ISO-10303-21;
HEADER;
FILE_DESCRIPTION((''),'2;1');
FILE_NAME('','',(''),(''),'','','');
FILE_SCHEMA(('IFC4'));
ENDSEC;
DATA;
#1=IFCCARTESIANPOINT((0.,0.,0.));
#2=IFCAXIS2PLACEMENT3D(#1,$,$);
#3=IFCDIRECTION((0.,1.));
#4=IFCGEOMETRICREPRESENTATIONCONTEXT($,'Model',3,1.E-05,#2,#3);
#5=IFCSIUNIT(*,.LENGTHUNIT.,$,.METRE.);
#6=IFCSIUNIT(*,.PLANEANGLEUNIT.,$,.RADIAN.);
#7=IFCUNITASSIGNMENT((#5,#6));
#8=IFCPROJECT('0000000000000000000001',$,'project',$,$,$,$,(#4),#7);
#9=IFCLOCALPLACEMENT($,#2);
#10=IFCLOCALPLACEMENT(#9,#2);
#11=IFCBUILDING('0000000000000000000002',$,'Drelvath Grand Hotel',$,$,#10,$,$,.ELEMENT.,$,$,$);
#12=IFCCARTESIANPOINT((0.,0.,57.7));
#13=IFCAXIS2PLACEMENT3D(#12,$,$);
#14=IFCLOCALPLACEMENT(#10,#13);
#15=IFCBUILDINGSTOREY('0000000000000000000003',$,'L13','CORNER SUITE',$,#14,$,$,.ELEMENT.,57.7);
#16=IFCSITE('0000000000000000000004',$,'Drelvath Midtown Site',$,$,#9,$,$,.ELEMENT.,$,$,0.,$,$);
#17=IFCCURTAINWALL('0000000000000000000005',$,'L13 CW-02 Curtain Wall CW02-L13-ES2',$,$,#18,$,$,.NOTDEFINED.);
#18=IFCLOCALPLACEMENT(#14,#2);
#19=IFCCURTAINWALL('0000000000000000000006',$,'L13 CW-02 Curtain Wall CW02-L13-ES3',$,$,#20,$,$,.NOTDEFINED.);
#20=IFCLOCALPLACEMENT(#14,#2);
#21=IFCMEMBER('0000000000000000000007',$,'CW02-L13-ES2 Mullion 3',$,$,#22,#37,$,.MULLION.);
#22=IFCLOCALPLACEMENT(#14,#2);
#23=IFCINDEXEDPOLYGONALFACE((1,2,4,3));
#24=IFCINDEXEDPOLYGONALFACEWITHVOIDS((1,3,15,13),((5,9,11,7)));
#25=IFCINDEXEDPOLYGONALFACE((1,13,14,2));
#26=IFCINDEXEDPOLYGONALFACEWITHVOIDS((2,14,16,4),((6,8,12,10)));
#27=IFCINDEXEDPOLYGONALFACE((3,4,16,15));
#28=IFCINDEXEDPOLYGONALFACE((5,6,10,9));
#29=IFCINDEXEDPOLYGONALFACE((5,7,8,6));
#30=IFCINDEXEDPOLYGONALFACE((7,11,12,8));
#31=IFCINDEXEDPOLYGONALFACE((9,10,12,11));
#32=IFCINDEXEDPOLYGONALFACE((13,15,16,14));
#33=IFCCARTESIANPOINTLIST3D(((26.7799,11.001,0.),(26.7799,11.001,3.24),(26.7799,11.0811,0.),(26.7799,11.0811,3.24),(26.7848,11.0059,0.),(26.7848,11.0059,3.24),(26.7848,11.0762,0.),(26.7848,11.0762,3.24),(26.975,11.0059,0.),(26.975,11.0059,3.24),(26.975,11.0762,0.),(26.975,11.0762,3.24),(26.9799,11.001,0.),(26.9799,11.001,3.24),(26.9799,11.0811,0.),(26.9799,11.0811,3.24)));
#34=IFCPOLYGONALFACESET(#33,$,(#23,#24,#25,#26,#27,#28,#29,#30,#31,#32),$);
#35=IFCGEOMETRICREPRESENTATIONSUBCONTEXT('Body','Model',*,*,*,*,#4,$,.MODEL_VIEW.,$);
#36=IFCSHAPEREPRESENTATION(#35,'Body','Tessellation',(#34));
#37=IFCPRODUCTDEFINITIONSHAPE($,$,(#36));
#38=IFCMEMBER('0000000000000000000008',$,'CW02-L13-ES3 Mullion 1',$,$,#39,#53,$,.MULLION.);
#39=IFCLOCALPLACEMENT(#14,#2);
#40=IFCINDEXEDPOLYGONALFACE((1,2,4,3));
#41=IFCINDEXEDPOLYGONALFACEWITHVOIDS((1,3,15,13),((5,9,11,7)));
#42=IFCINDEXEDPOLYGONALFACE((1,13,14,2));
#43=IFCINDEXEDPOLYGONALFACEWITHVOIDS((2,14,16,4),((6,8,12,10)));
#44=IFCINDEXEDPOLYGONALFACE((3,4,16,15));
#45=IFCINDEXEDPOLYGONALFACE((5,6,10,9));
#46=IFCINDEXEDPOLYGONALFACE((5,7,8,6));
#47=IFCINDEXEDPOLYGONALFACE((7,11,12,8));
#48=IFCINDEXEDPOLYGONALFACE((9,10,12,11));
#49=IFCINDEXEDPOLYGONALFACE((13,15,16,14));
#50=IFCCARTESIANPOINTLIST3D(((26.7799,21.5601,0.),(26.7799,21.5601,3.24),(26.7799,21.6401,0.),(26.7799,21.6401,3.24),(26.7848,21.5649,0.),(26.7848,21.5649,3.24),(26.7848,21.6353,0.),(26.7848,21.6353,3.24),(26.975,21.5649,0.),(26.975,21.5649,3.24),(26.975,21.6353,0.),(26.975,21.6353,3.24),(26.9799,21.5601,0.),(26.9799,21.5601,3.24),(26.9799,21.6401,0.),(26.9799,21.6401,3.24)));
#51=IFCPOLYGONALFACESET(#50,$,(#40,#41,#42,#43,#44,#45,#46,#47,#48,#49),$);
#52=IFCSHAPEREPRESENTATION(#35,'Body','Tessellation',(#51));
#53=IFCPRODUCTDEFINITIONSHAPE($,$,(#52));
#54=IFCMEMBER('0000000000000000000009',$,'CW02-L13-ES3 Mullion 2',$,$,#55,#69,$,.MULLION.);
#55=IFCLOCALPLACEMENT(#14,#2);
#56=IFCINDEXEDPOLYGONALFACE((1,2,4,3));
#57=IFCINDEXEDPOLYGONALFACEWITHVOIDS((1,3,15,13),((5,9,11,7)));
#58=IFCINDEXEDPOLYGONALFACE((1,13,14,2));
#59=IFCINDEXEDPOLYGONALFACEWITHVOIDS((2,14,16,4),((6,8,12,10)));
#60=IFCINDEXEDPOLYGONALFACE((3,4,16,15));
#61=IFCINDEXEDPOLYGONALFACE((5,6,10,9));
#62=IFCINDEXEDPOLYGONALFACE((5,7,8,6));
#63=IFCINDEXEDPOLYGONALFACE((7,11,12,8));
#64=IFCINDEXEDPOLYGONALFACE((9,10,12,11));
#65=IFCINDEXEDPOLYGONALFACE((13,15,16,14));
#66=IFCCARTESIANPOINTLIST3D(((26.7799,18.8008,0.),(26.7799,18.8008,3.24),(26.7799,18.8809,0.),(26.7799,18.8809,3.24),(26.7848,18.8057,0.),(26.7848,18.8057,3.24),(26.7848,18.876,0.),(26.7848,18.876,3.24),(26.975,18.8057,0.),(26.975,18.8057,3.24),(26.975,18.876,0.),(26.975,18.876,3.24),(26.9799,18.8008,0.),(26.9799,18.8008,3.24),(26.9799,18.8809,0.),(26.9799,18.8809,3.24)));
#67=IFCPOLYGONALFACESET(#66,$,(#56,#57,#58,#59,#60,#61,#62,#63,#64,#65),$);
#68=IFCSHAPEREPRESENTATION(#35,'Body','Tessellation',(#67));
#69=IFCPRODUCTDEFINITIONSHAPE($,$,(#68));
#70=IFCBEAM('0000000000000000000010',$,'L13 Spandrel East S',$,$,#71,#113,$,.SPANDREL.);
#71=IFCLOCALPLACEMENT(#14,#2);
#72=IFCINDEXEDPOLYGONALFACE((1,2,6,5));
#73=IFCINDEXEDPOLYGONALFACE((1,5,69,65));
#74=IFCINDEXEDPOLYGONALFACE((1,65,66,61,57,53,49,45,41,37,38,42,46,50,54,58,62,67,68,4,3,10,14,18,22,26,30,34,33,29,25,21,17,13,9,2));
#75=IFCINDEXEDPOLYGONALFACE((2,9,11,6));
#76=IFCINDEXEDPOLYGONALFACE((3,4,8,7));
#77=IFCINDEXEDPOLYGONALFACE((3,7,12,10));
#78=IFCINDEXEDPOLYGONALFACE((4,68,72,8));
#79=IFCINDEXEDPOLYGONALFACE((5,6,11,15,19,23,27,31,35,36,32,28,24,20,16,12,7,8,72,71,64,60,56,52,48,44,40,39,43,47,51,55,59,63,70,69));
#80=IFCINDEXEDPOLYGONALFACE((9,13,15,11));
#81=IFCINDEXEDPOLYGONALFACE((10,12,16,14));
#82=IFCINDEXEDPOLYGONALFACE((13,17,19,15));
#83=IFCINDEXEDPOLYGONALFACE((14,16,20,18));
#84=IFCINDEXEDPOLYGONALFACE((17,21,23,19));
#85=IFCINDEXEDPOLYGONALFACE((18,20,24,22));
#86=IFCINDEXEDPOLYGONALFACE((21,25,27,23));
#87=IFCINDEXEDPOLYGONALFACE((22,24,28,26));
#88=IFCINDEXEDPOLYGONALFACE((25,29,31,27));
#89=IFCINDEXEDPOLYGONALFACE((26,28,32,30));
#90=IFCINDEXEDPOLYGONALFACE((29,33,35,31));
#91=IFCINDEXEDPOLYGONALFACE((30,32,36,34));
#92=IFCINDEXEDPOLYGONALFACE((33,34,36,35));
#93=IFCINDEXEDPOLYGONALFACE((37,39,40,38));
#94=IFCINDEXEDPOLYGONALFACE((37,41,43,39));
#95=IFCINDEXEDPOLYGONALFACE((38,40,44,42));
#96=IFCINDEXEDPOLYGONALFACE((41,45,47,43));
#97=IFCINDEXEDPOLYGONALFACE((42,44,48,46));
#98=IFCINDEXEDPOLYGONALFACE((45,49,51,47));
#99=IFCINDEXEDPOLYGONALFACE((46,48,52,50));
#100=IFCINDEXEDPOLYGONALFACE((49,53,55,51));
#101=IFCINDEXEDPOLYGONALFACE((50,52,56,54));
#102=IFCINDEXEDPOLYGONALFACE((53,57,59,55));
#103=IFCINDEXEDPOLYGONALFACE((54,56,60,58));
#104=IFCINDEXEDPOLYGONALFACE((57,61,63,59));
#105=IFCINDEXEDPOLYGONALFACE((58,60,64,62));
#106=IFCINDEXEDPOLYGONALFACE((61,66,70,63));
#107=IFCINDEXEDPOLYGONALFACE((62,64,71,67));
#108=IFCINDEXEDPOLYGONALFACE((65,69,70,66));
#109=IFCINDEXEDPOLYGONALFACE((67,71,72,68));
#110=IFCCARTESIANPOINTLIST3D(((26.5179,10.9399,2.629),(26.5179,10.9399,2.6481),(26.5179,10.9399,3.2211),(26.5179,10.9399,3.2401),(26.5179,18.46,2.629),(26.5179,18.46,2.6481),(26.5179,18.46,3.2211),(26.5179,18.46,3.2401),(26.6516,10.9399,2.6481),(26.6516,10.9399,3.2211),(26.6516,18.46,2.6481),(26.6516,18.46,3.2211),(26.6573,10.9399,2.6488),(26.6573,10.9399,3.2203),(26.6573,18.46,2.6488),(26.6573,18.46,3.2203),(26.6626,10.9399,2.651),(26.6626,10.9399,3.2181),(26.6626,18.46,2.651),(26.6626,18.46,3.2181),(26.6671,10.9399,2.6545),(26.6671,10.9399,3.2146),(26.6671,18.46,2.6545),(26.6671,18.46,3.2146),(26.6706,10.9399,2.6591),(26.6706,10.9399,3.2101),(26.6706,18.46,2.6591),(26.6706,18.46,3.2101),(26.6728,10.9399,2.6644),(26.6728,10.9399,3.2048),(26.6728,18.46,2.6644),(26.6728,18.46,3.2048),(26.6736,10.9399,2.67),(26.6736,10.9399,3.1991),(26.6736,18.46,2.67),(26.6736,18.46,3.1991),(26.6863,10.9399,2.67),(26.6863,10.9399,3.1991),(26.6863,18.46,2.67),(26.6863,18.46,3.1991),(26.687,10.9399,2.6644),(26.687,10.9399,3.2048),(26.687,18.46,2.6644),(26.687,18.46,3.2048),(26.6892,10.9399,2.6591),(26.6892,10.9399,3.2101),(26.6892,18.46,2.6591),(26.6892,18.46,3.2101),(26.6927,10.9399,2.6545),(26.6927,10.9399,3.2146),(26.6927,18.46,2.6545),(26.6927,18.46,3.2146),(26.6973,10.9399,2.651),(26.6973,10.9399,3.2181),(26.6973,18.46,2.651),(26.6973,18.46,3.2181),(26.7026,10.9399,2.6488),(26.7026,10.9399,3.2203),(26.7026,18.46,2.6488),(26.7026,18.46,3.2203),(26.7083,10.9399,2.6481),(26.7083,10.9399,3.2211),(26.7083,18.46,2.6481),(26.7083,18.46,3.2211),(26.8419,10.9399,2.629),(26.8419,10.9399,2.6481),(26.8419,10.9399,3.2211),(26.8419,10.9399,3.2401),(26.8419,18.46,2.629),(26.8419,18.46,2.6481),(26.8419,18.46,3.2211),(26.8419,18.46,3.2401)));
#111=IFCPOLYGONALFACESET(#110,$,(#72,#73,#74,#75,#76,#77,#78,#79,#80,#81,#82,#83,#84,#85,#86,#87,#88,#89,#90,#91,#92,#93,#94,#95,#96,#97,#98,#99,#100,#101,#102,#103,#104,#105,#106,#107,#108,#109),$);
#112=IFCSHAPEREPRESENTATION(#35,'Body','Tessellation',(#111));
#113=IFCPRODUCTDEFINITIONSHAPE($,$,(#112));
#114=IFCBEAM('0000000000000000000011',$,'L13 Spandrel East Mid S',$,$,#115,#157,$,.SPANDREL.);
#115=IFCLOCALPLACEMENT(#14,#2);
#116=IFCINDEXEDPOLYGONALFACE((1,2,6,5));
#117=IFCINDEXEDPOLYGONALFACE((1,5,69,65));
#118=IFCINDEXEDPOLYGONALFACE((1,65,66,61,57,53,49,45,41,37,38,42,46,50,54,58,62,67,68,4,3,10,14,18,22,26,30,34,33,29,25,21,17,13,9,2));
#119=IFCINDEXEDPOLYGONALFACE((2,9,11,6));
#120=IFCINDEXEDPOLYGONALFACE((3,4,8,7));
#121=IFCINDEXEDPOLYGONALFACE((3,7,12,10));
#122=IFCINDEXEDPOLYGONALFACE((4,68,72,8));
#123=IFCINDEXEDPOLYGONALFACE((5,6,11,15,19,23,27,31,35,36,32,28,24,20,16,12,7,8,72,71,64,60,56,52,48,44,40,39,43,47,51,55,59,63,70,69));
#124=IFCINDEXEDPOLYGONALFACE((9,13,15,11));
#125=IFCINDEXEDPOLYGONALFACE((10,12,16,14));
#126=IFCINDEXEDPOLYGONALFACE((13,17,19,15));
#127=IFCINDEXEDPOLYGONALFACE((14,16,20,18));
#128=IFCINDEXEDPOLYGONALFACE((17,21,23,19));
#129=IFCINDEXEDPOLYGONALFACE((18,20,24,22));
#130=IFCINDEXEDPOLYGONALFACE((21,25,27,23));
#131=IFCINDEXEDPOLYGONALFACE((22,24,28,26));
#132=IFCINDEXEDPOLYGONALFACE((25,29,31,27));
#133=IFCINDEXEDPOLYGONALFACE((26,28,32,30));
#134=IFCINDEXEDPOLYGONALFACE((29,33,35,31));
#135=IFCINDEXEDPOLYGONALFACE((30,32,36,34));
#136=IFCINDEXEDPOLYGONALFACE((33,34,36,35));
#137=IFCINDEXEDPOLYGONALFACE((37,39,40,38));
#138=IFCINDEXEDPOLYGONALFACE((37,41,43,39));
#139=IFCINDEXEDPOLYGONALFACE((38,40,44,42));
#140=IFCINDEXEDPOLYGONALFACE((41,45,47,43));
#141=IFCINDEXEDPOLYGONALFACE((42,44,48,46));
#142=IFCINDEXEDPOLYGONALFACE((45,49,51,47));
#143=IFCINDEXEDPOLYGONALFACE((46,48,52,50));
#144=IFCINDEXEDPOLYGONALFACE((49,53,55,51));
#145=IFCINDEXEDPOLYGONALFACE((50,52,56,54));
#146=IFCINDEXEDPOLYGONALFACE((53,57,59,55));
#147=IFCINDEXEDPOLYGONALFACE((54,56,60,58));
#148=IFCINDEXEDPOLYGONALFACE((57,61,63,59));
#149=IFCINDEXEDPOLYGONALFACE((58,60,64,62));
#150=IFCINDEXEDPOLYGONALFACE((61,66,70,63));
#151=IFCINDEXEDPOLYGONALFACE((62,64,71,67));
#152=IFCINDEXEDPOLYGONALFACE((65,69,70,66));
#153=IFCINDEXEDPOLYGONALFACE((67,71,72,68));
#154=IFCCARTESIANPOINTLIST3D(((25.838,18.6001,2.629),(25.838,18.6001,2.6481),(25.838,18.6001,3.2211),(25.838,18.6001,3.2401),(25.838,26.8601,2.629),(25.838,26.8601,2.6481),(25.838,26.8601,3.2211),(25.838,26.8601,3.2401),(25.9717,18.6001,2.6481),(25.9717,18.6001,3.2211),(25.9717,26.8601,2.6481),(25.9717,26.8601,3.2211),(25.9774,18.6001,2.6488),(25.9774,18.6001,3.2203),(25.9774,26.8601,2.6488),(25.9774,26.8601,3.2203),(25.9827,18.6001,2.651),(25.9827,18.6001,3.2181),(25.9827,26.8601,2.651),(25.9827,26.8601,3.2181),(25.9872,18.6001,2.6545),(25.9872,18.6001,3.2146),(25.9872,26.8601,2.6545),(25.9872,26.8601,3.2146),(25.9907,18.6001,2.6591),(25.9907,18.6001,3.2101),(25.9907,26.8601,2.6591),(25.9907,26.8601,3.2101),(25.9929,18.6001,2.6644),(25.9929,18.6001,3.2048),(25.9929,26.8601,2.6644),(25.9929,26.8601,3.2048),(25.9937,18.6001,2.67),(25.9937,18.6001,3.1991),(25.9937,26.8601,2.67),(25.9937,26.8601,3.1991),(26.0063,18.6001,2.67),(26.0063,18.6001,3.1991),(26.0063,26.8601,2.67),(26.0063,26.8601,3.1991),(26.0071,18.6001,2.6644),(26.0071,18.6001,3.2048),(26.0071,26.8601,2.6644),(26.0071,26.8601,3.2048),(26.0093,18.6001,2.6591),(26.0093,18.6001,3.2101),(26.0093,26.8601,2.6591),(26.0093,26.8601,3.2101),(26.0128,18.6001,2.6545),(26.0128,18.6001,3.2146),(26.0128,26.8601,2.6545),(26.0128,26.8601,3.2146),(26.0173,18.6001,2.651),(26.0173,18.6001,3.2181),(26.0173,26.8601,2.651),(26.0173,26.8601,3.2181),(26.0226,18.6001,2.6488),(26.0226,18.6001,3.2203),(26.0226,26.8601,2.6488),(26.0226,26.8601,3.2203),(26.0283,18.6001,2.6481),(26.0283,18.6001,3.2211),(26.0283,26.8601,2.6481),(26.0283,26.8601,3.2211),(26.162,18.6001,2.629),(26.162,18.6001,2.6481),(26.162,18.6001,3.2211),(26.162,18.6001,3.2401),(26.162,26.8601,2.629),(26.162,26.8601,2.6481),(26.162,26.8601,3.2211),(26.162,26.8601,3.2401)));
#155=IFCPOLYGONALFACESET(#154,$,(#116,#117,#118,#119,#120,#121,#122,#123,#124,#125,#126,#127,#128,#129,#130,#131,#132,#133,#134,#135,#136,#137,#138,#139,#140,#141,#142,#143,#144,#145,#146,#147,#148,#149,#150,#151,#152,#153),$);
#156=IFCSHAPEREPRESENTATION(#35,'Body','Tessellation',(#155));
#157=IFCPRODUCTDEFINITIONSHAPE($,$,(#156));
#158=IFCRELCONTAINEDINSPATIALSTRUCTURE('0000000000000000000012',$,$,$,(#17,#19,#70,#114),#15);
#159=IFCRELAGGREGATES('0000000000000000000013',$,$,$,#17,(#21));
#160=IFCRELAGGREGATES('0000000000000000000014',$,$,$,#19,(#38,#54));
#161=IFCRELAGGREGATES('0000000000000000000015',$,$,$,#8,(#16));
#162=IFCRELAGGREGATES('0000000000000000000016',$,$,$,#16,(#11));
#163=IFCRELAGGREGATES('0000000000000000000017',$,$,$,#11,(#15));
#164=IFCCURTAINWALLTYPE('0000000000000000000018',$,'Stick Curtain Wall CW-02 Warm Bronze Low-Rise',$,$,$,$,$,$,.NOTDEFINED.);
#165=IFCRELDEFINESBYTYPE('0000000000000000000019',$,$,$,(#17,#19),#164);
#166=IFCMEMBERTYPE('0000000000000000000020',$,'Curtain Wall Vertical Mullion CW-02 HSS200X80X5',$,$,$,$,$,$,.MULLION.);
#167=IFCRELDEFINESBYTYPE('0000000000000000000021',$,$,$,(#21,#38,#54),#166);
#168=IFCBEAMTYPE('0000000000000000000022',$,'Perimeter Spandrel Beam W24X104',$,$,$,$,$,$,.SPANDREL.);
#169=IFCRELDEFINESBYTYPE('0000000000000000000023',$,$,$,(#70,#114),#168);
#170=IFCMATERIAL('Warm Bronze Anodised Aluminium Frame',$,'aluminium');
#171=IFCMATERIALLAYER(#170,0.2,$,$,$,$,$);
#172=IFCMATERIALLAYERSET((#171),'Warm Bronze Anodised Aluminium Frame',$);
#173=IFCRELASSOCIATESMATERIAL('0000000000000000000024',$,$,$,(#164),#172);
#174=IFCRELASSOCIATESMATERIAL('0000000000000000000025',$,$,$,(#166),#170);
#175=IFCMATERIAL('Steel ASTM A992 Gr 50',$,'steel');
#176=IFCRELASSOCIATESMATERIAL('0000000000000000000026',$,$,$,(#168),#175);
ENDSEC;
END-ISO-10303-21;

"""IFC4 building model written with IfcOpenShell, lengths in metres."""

from ifc_helpers import new_model, si_unit, direction, frame, origin, origin_2d, place, context, subcontext, project, spatial, hollow_rectangle, i_section, extrude, material, layer, layer_set, material_profile, profile_set, type_object, element, aggregate, save


model = new_model("IFC4")

# Units and contexts
model_context = context("Model", 3, precision=1e-05, world=origin(), true_north=direction((0.0, 1.0)))
body_context = subcontext(model_context, "Body", "Model", "MODEL_VIEW")
ifc_project = project(units=[si_unit("LENGTHUNIT", "METRE"), si_unit("PLANEANGLEUNIT", "RADIAN")], contexts=[model_context])

# Site, building, storey
site_placement = place(None, origin())
site = spatial("IfcSite", under=ifc_project, at=site_placement, Name="Drelvath Midtown Site", CompositionType="ELEMENT", RefElevation=0.0)
building_placement = place(site_placement, origin())
building = spatial("IfcBuilding", under=site, at=building_placement, Name="Drelvath Grand Hotel", CompositionType="ELEMENT")
storey_placement = place(building_placement, frame((0.0, 0.0, 57.7)))
storey = spatial("IfcBuildingStorey", under=building, at=storey_placement, Name="L13", Description="CORNER SUITE", CompositionType="ELEMENT", Elevation=57.7)

# Curtain walls
ifc_material_1 = material(Name="Warm Bronze Anodised Aluminium Frame", Category="aluminium")
ifc_layer_1 = layer(ifc_material_1, 0.2)
ifc_layer_set_1 = layer_set([ifc_layer_1], Name="Warm Bronze Anodised Aluminium Frame")
curtain_wall_type = type_object("IfcCurtainWallType", Name="Stick Curtain Wall CW-02 Warm Bronze Low-Rise", PredefinedType="NOTDEFINED", material=ifc_layer_set_1)
curtain_wall_1_placement = place(storey_placement, origin())
curtain_wall_1 = element("IfcCurtainWall", 1, at=curtain_wall_1_placement, inside=storey, type_object=curtain_wall_type, Name="L13 CW-02 Curtain Wall CW02-L13-ES2", PredefinedType="NOTDEFINED")
curtain_wall_2_placement = place(storey_placement, origin())
curtain_wall_2 = element("IfcCurtainWall", 2, at=curtain_wall_2_placement, inside=storey, type_object=curtain_wall_type, Name="L13 CW-02 Curtain Wall CW02-L13-ES3", PredefinedType="NOTDEFINED")
ifc_material_profile_1 = material_profile(ifc_material_1, hollow_rectangle(XDim=0.0801, YDim=0.2, WallThickness=0.0049, at=origin_2d()), Name="HSS200X80X5")
ifc_profile_set_1 = profile_set([ifc_material_profile_1], Name="Warm Bronze Anodised Aluminium Frame")
member_type_1 = type_object("IfcMemberType", Name="Curtain Wall Vertical Mullion CW-02 HSS200X80X5", PredefinedType="MULLION", material=ifc_profile_set_1)

# Members
member_1_placement = place(storey_placement, frame((26.8799, 11.041, 0.0), z_axis=(0.0, 0.0, 1.0), x_axis=(0.0, 1.0, 0.0)))
member_1 = element("IfcMember", 3, at=member_1_placement, type_object=member_type_1, Name="CW02-L13-ES2 Mullion 3", PredefinedType="MULLION", context=body_context, shape_type="SweptSolid", body=[
    extrude(hollow_rectangle(XDim=0.0801, YDim=0.2, WallThickness=0.0049, at=origin_2d()), origin(), (0.0, 0.0, 1.0), 3.24),
])
member_2_placement = place(storey_placement, frame((26.8799, 21.6001, 0.0), z_axis=(0.0, 0.0, 1.0), x_axis=(0.0, 1.0, 0.0)))
member_2 = element("IfcMember", 4, at=member_2_placement, type_object=member_type_1, Name="CW02-L13-ES3 Mullion 1", PredefinedType="MULLION", context=body_context, shape_type="SweptSolid", body=[
    extrude(hollow_rectangle(XDim=0.0801, YDim=0.2, WallThickness=0.0049, at=origin_2d()), origin(), (0.0, 0.0, 1.0), 3.24),
])
member_3_placement = place(storey_placement, frame((26.8799, 18.8408, 0.0), z_axis=(0.0, 0.0, 1.0), x_axis=(0.0, 1.0, 0.0)))
member_3 = element("IfcMember", 5, at=member_3_placement, type_object=member_type_1, Name="CW02-L13-ES3 Mullion 2", PredefinedType="MULLION", context=body_context, shape_type="SweptSolid", body=[
    extrude(hollow_rectangle(XDim=0.0801, YDim=0.2, WallThickness=0.0049, at=origin_2d()), origin(), (0.0, 0.0, 1.0), 3.24),
])

# Beams
ifc_material_2 = material(Name="Steel ASTM A992 Gr 50", Category="steel")
ifc_material_profile_2 = material_profile(ifc_material_2, i_section(OverallWidth=0.324, OverallDepth=0.6111, WebThickness=0.0127, FlangeThickness=0.019, FilletRadius=0.022, at=origin_2d()), Name="W24X104")
ifc_profile_set_2 = profile_set([ifc_material_profile_2], Name="Steel ASTM A992 Gr 50")
beam_type_1 = type_object("IfcBeamType", Name="Perimeter Spandrel Beam W24X104", PredefinedType="SPANDREL", material=ifc_profile_set_2)
beam_1_placement = place(storey_placement, frame((26.6799, 10.9399, 2.9346), z_axis=(0.0, 1.0, 0.0), x_axis=(-1.0, 0.0, 0.0)))
element("IfcBeam", 6, at=beam_1_placement, inside=storey, type_object=beam_type_1, Name="L13 Spandrel East S", PredefinedType="SPANDREL", context=body_context, shape_type="SweptSolid", body=[
    extrude(i_section(OverallWidth=0.324, OverallDepth=0.6111, WebThickness=0.0127, FlangeThickness=0.019, FilletRadius=0.022, at=origin_2d()), origin(), (0.0, 0.0, 1.0), 7.52),
])
beam_2_placement = place(storey_placement, frame((26.0, 18.6001, 2.9346), z_axis=(0.0, 1.0, 0.0), x_axis=(-1.0, 0.0, 0.0)))
element("IfcBeam", 7, at=beam_2_placement, inside=storey, type_object=beam_type_1, Name="L13 Spandrel East Mid S", PredefinedType="SPANDREL", context=body_context, shape_type="SweptSolid", body=[
    extrude(i_section(OverallWidth=0.324, OverallDepth=0.6111, WebThickness=0.0127, FlangeThickness=0.019, FilletRadius=0.022, at=origin_2d()), origin(), (0.0, 0.0, 1.0), 8.26),
])

aggregate(curtain_wall_1, [member_1])
aggregate(curtain_wall_2, [member_2, member_3])

save(model, "model.ifc")
